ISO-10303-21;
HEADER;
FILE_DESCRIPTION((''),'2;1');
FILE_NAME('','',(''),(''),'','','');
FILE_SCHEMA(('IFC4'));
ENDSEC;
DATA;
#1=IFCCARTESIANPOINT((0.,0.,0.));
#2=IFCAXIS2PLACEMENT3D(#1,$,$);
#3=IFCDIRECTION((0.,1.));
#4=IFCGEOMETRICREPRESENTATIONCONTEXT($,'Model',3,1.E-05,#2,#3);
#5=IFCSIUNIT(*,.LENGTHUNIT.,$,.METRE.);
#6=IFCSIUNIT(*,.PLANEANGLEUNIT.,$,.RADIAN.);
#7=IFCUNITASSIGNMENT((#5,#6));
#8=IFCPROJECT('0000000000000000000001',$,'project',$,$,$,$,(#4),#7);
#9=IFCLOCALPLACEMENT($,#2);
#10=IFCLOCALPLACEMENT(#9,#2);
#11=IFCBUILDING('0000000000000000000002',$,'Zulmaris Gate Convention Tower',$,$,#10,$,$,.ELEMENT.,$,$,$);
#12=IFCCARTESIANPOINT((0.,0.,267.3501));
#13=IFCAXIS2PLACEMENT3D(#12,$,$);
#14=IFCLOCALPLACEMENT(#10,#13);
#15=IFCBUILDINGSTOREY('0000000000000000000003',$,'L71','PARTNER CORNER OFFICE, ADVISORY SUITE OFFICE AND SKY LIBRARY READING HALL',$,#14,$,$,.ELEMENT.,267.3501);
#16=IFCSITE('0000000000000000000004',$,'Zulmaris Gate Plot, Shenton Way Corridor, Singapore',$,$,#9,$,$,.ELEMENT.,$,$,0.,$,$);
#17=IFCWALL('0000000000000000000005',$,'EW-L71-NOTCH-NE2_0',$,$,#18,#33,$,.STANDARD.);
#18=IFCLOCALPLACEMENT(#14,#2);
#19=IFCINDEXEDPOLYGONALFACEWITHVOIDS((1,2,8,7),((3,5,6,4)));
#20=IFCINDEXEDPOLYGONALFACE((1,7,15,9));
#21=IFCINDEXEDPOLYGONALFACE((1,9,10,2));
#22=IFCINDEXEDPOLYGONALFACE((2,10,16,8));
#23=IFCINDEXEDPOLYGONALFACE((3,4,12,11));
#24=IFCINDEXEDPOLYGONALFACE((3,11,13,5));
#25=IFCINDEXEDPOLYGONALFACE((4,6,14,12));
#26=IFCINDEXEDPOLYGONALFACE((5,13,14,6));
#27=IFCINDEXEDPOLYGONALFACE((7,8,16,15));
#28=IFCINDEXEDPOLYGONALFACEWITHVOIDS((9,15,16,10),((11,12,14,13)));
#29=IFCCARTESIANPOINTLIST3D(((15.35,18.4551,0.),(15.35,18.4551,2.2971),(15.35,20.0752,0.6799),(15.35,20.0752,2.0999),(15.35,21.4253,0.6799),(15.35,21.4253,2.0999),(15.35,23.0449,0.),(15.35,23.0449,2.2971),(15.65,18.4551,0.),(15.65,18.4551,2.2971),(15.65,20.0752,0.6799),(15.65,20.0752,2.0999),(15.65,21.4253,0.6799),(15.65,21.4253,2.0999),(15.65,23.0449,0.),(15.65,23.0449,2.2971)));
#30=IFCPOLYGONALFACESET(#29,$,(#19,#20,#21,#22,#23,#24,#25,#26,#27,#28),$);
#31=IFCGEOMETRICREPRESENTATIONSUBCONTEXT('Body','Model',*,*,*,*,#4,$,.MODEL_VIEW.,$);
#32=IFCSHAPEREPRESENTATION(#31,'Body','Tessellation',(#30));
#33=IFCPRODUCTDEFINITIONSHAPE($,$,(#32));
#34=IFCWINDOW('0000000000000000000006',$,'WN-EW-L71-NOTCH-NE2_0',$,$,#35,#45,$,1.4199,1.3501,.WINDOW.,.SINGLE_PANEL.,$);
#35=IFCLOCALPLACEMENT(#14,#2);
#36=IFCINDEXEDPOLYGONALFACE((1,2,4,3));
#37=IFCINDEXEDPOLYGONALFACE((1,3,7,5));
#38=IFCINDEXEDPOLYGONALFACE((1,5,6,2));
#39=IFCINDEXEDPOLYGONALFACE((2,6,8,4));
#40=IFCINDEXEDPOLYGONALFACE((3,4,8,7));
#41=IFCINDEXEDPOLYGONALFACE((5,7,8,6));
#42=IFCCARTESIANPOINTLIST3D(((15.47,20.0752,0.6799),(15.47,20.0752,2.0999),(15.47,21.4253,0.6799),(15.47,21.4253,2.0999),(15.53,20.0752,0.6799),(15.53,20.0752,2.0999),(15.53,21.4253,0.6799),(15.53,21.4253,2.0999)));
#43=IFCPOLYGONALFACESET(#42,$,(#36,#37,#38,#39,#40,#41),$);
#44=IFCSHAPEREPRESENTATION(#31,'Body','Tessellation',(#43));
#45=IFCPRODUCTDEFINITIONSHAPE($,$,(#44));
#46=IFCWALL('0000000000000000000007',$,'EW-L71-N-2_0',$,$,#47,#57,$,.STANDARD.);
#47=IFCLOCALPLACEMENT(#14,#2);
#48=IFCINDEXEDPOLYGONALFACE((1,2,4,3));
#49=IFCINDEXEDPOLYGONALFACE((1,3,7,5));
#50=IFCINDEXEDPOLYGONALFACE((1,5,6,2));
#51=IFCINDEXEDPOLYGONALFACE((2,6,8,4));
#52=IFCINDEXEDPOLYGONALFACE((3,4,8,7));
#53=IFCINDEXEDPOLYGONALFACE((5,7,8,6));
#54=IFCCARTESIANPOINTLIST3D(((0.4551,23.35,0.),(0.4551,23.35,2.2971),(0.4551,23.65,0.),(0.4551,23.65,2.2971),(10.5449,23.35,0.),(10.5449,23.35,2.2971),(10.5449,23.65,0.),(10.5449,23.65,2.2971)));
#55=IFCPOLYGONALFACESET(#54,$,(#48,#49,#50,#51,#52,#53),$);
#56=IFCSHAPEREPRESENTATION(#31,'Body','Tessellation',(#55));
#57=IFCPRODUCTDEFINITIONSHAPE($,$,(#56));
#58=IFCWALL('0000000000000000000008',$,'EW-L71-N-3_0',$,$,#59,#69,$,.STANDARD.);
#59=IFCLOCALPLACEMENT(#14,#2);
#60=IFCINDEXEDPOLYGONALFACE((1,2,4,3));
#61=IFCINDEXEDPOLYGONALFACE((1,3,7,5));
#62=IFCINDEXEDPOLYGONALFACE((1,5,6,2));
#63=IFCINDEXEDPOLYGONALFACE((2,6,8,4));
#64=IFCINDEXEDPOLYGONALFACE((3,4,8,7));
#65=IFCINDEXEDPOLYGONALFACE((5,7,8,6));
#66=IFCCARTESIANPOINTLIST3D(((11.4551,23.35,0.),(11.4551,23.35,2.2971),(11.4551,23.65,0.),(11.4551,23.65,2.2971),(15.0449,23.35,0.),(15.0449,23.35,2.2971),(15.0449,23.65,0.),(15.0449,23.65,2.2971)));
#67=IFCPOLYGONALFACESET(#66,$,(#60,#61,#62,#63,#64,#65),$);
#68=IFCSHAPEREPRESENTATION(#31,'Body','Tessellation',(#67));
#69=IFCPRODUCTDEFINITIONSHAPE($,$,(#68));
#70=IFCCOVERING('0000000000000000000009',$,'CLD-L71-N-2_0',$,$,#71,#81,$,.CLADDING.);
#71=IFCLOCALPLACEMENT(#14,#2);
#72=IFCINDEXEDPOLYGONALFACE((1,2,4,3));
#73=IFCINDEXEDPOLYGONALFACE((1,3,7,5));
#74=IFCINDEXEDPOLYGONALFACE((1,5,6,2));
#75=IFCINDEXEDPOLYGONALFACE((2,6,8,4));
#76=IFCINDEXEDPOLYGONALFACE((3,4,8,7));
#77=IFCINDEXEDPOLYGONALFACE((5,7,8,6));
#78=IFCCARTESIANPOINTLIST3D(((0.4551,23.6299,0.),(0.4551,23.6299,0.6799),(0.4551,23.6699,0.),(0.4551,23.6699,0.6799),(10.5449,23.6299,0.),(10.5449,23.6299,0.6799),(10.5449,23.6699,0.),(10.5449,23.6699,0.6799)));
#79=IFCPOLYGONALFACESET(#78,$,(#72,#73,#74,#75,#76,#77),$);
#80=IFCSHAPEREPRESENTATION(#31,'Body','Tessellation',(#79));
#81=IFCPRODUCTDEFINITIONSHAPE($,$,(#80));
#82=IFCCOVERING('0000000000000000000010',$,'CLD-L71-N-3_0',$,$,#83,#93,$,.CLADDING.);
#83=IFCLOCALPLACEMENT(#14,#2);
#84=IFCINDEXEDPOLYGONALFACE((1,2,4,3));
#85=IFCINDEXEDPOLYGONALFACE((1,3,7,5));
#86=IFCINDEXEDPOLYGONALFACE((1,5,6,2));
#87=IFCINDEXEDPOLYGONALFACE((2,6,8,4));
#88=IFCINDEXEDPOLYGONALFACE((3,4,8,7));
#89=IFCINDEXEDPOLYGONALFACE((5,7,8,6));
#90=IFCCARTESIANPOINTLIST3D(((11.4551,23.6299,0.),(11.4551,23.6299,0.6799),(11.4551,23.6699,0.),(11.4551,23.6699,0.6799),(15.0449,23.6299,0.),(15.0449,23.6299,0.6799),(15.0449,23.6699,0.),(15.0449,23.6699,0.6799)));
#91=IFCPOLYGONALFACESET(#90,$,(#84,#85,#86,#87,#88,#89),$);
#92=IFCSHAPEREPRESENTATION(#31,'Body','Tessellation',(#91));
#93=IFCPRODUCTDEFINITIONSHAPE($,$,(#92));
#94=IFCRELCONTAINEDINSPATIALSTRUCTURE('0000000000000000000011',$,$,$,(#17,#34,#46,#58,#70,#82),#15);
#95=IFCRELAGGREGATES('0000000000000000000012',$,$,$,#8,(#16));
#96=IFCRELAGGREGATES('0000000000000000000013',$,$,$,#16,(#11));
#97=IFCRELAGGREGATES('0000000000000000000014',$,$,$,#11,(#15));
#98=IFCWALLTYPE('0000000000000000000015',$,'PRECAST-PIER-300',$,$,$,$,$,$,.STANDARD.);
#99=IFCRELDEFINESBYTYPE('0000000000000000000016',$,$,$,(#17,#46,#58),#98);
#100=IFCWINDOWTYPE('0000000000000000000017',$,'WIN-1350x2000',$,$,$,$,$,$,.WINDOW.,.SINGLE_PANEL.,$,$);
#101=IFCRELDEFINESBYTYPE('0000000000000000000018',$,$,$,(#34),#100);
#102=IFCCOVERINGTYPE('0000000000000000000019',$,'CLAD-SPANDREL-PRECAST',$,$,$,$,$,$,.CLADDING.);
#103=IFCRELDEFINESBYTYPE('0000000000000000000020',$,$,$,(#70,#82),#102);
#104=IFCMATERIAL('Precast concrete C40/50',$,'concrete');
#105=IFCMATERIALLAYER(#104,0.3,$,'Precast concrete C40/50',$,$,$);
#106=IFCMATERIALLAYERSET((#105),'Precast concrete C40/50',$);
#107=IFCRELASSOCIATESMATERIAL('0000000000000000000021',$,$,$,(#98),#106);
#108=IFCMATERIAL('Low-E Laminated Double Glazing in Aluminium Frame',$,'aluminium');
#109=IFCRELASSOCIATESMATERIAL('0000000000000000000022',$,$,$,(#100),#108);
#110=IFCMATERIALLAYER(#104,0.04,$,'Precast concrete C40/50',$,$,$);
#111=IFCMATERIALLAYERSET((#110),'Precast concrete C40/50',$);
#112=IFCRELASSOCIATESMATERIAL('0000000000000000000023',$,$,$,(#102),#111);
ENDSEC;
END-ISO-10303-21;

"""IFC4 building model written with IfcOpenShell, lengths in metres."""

from ifc_helpers import new_model, si_unit, direction, frame, frame_2d, origin, place, context, subcontext, project, spatial, rectangle, extrude, material, layer, layer_set, type_object, element, fill, save


model = new_model("IFC4")

# Units and contexts
model_context = context("Model", 3, precision=1e-05, world=origin(), true_north=direction((0.0, 1.0)))
body_context = subcontext(model_context, "Body", "Model", "MODEL_VIEW")
ifc_project = project(units=[si_unit("LENGTHUNIT", "METRE"), si_unit("PLANEANGLEUNIT", "RADIAN")], contexts=[model_context])

# Site, building, storey
site_placement = place(None, origin())
site = spatial("IfcSite", under=ifc_project, at=site_placement, Name="Zulmaris Gate Plot, Shenton Way Corridor, Singapore", CompositionType="ELEMENT", RefElevation=0.0)
building_placement = place(site_placement, origin())
building = spatial("IfcBuilding", under=site, at=building_placement, Name="Zulmaris Gate Convention Tower", CompositionType="ELEMENT")
storey_placement = place(building_placement, frame((0.0, 0.0, 267.3501)))
storey = spatial("IfcBuildingStorey", under=building, at=storey_placement, Name="L71", Description="PARTNER CORNER OFFICE, ADVISORY SUITE OFFICE AND SKY LIBRARY READING HALL", CompositionType="ELEMENT", Elevation=267.3501)

# Wall, opening, window
ifc_material_1 = material(Name="Precast concrete C40/50", Category="concrete")
ifc_layer_1 = layer(ifc_material_1, 0.3, Name="Precast concrete C40/50")
ifc_layer_set_1 = layer_set([ifc_layer_1], Name="Precast concrete C40/50")
wall_type_1 = type_object("IfcWallType", Name="PRECAST-PIER-300", PredefinedType="STANDARD", material=ifc_layer_set_1)
wall_1_placement = place(storey_placement, frame((15.5, 18.4551, 0.0), z_axis=(0.0, 0.0, 1.0), x_axis=(0.0, 1.0, 0.0)))
wall_1 = element("IfcWall", 1, at=wall_1_placement, inside=storey, type_object=wall_type_1, Name="EW-L71-NOTCH-NE2_0", PredefinedType="STANDARD", context=body_context, shape_type="SweptSolid", body=[
    extrude(rectangle(XDim=4.5898, YDim=0.3, at=frame_2d((2.2949, 0.0))), origin(), (0.0, 0.0, 1.0), 2.2971),
])
opening_1_placement = place(wall_1_placement, frame((1.6201, 0.0, 0.6799)))
opening_1 = element("IfcOpeningElement", 2, at=opening_1_placement, cuts=wall_1, PredefinedType="OPENING", context=body_context, shape_type="SweptSolid", body=[
    extrude(rectangle(XDim=1.3501, YDim=1.4199, at=frame_2d((0.675, 0.71))), frame((0.0, 0.1602, 0.0), z_axis=(0.0, -1.0, 0.0), x_axis=(1.0, 0.0, 0.0)), (0.0, 0.0, 1.0), 0.3201),
])
ifc_material_2 = material(Name="Low-E Laminated Double Glazing in Aluminium Frame", Category="aluminium")
window_type = type_object("IfcWindowType", Name="WIN-1350x2000", PartitioningType="SINGLE_PANEL", PredefinedType="WINDOW", material=ifc_material_2)
window_placement = place(opening_1_placement, origin())
window = element("IfcWindow", 3, at=window_placement, inside=storey, type_object=window_type, Name="WN-EW-L71-NOTCH-NE2_0", OverallHeight=1.4199, OverallWidth=1.3501, PartitioningType="SINGLE_PANEL", PredefinedType="WINDOW", context=body_context, shape_type="SweptSolid", body=[
    extrude(rectangle(XDim=1.3501, YDim=1.4199, at=frame_2d((0.675, 0.71))), frame((0.0, 0.03, 0.0), z_axis=(0.0, -1.0, 0.0), x_axis=(1.0, 0.0, 0.0)), (0.0, 0.0, 1.0), 0.0601),
])
fill(opening_1, window)

# Walls
wall_2_placement = place(storey_placement, frame((10.5449, 23.5, 0.0), z_axis=(0.0, 0.0, 1.0), x_axis=(-1.0, 0.0, 0.0)))
element("IfcWall", 4, at=wall_2_placement, inside=storey, type_object=wall_type_1, Name="EW-L71-N-2_0", PredefinedType="STANDARD", context=body_context, shape_type="SweptSolid", body=[
    extrude(rectangle(XDim=10.0898, YDim=0.3, at=frame_2d((5.0449, 0.0))), origin(), (0.0, 0.0, 1.0), 2.2971),
])
wall_3_placement = place(storey_placement, frame((15.0449, 23.5, 0.0), z_axis=(0.0, 0.0, 1.0), x_axis=(-1.0, 0.0, 0.0)))
element("IfcWall", 5, at=wall_3_placement, inside=storey, type_object=wall_type_1, Name="EW-L71-N-3_0", PredefinedType="STANDARD", context=body_context, shape_type="SweptSolid", body=[
    extrude(rectangle(XDim=3.5898, YDim=0.3, at=frame_2d((1.7949, 0.0))), origin(), (0.0, 0.0, 1.0), 2.2971),
])

# Coverings
ifc_layer_2 = layer(ifc_material_1, 0.04, Name="Precast concrete C40/50")
ifc_layer_set_2 = layer_set([ifc_layer_2], Name="Precast concrete C40/50")
covering_type = type_object("IfcCoveringType", Name="CLAD-SPANDREL-PRECAST", PredefinedType="CLADDING", material=ifc_layer_set_2)
covering_1_placement = place(storey_placement, frame((10.5449, 23.6499, 0.0), z_axis=(0.0, 0.0, 1.0), x_axis=(-1.0, 0.0, 0.0)))
element("IfcCovering", 6, at=covering_1_placement, inside=storey, type_object=covering_type, Name="CLD-L71-N-2_0", PredefinedType="CLADDING", context=body_context, shape_type="SweptSolid", body=[
    extrude(rectangle(XDim=10.0898, YDim=0.04, at=frame_2d((5.0449, 0.0))), origin(), (0.0, 0.0, 1.0), 0.6799),
])
covering_2_placement = place(storey_placement, frame((15.0449, 23.6499, 0.0), z_axis=(0.0, 0.0, 1.0), x_axis=(-1.0, 0.0, 0.0)))
element("IfcCovering", 7, at=covering_2_placement, inside=storey, type_object=covering_type, Name="CLD-L71-N-3_0", PredefinedType="CLADDING", context=body_context, shape_type="SweptSolid", body=[
    extrude(rectangle(XDim=3.5898, YDim=0.04, at=frame_2d((1.7949, 0.0))), origin(), (0.0, 0.0, 1.0), 0.6799),
])

save(model, "model.ifc")
